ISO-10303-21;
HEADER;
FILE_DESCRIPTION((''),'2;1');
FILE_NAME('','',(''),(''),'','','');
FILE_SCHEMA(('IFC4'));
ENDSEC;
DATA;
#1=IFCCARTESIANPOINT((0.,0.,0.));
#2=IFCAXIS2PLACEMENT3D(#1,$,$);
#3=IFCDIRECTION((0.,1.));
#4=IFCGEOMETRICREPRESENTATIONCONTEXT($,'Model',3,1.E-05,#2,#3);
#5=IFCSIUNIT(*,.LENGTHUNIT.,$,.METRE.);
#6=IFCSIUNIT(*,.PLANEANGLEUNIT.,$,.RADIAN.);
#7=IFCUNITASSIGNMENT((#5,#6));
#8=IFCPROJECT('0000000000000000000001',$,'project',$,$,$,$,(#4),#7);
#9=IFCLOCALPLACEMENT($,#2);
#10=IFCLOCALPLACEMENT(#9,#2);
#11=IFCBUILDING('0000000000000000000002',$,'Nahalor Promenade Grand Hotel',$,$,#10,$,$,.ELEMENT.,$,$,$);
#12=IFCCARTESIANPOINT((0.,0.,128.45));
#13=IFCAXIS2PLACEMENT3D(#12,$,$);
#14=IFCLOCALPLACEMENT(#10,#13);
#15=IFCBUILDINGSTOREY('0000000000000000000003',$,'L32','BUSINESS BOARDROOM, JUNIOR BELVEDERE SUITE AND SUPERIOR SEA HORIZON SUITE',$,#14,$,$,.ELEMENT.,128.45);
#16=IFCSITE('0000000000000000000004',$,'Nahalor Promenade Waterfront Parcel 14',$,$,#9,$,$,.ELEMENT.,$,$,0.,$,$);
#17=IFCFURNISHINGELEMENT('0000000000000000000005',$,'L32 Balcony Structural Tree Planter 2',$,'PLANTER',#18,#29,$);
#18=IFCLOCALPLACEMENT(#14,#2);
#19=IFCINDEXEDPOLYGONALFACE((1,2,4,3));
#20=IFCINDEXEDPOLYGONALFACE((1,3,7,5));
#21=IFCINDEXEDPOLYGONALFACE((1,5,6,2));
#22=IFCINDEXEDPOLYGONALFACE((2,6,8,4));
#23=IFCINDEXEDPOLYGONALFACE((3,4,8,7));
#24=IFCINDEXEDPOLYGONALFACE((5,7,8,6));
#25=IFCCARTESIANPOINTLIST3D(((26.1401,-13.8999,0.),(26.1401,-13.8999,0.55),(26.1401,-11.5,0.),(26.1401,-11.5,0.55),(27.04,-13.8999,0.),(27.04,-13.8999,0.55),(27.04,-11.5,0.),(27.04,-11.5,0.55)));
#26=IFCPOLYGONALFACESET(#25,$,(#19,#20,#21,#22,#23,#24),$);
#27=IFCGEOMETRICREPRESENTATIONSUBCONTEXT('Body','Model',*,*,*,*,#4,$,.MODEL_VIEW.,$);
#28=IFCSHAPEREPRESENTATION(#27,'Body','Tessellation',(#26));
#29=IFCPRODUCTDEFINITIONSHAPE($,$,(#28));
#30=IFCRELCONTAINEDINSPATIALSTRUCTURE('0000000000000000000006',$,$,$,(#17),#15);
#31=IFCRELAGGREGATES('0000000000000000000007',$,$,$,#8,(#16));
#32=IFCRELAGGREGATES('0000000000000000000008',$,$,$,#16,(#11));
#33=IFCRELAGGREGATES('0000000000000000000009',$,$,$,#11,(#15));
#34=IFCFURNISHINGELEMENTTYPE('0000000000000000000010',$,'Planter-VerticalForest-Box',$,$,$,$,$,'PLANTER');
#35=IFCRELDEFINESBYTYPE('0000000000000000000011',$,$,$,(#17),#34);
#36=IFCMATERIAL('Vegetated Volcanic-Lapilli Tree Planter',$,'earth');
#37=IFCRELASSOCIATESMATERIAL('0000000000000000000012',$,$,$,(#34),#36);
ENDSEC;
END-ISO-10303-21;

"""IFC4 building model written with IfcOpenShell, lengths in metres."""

from ifc_helpers import new_model, si_unit, direction, frame, origin, origin_2d, place, context, subcontext, project, spatial, rectangle, extrude, source, transform, mapped, material, type_object, element, save


model = new_model("IFC4")

# Units and contexts
model_context = context("Model", 3, precision=1e-05, world=origin(), true_north=direction((0.0, 1.0)))
body_context = subcontext(model_context, "Body", "Model", "MODEL_VIEW")
ifc_project = project(units=[si_unit("LENGTHUNIT", "METRE"), si_unit("PLANEANGLEUNIT", "RADIAN")], contexts=[model_context])

# Site, building, storey
site_placement = place(None, origin())
site = spatial("IfcSite", under=ifc_project, at=site_placement, Name="Nahalor Promenade Waterfront Parcel 14", CompositionType="ELEMENT", RefElevation=0.0)
building_placement = place(site_placement, origin())
building = spatial("IfcBuilding", under=site, at=building_placement, Name="Nahalor Promenade Grand Hotel", CompositionType="ELEMENT")
storey_placement = place(building_placement, frame((0.0, 0.0, 128.45)))
storey = spatial("IfcBuildingStorey", under=building, at=storey_placement, Name="L32", Description="BUSINESS BOARDROOM, JUNIOR BELVEDERE SUITE AND SUPERIOR SEA HORIZON SUITE", CompositionType="ELEMENT", Elevation=128.45)

# Furnishing element
ifc_material_1 = material(Name="Vegetated Volcanic-Lapilli Tree Planter", Category="earth")
furnishing_element_type = type_object("IfcFurnishingElementType", Name="Planter-VerticalForest-Box", ElementType="PLANTER", material=ifc_material_1)
shared_shape_1 = source(origin(), body_context, "Body", "SweptSolid", [
    extrude(rectangle(XDim=2.3999, YDim=0.8999, at=origin_2d()), origin(), (0.0, 0.0, 1.0), 0.55),
])
furnishing_placement = place(storey_placement, frame((26.5901, -12.7, 0.0), z_axis=(0.0, 0.0, 1.0), x_axis=(0.0, 1.0, 0.0)))
element("IfcFurnishingElement", 1, at=furnishing_placement, inside=storey, type_object=furnishing_element_type, Name="L32 Balcony Structural Tree Planter 2", ObjectType="PLANTER", context=body_context, shape_type="MappedRepresentation", body=[
    mapped(shared_shape_1, transform((0.0, 0.0, 0.0), scale=1.0)),
])

save(model, "model.ifc")
